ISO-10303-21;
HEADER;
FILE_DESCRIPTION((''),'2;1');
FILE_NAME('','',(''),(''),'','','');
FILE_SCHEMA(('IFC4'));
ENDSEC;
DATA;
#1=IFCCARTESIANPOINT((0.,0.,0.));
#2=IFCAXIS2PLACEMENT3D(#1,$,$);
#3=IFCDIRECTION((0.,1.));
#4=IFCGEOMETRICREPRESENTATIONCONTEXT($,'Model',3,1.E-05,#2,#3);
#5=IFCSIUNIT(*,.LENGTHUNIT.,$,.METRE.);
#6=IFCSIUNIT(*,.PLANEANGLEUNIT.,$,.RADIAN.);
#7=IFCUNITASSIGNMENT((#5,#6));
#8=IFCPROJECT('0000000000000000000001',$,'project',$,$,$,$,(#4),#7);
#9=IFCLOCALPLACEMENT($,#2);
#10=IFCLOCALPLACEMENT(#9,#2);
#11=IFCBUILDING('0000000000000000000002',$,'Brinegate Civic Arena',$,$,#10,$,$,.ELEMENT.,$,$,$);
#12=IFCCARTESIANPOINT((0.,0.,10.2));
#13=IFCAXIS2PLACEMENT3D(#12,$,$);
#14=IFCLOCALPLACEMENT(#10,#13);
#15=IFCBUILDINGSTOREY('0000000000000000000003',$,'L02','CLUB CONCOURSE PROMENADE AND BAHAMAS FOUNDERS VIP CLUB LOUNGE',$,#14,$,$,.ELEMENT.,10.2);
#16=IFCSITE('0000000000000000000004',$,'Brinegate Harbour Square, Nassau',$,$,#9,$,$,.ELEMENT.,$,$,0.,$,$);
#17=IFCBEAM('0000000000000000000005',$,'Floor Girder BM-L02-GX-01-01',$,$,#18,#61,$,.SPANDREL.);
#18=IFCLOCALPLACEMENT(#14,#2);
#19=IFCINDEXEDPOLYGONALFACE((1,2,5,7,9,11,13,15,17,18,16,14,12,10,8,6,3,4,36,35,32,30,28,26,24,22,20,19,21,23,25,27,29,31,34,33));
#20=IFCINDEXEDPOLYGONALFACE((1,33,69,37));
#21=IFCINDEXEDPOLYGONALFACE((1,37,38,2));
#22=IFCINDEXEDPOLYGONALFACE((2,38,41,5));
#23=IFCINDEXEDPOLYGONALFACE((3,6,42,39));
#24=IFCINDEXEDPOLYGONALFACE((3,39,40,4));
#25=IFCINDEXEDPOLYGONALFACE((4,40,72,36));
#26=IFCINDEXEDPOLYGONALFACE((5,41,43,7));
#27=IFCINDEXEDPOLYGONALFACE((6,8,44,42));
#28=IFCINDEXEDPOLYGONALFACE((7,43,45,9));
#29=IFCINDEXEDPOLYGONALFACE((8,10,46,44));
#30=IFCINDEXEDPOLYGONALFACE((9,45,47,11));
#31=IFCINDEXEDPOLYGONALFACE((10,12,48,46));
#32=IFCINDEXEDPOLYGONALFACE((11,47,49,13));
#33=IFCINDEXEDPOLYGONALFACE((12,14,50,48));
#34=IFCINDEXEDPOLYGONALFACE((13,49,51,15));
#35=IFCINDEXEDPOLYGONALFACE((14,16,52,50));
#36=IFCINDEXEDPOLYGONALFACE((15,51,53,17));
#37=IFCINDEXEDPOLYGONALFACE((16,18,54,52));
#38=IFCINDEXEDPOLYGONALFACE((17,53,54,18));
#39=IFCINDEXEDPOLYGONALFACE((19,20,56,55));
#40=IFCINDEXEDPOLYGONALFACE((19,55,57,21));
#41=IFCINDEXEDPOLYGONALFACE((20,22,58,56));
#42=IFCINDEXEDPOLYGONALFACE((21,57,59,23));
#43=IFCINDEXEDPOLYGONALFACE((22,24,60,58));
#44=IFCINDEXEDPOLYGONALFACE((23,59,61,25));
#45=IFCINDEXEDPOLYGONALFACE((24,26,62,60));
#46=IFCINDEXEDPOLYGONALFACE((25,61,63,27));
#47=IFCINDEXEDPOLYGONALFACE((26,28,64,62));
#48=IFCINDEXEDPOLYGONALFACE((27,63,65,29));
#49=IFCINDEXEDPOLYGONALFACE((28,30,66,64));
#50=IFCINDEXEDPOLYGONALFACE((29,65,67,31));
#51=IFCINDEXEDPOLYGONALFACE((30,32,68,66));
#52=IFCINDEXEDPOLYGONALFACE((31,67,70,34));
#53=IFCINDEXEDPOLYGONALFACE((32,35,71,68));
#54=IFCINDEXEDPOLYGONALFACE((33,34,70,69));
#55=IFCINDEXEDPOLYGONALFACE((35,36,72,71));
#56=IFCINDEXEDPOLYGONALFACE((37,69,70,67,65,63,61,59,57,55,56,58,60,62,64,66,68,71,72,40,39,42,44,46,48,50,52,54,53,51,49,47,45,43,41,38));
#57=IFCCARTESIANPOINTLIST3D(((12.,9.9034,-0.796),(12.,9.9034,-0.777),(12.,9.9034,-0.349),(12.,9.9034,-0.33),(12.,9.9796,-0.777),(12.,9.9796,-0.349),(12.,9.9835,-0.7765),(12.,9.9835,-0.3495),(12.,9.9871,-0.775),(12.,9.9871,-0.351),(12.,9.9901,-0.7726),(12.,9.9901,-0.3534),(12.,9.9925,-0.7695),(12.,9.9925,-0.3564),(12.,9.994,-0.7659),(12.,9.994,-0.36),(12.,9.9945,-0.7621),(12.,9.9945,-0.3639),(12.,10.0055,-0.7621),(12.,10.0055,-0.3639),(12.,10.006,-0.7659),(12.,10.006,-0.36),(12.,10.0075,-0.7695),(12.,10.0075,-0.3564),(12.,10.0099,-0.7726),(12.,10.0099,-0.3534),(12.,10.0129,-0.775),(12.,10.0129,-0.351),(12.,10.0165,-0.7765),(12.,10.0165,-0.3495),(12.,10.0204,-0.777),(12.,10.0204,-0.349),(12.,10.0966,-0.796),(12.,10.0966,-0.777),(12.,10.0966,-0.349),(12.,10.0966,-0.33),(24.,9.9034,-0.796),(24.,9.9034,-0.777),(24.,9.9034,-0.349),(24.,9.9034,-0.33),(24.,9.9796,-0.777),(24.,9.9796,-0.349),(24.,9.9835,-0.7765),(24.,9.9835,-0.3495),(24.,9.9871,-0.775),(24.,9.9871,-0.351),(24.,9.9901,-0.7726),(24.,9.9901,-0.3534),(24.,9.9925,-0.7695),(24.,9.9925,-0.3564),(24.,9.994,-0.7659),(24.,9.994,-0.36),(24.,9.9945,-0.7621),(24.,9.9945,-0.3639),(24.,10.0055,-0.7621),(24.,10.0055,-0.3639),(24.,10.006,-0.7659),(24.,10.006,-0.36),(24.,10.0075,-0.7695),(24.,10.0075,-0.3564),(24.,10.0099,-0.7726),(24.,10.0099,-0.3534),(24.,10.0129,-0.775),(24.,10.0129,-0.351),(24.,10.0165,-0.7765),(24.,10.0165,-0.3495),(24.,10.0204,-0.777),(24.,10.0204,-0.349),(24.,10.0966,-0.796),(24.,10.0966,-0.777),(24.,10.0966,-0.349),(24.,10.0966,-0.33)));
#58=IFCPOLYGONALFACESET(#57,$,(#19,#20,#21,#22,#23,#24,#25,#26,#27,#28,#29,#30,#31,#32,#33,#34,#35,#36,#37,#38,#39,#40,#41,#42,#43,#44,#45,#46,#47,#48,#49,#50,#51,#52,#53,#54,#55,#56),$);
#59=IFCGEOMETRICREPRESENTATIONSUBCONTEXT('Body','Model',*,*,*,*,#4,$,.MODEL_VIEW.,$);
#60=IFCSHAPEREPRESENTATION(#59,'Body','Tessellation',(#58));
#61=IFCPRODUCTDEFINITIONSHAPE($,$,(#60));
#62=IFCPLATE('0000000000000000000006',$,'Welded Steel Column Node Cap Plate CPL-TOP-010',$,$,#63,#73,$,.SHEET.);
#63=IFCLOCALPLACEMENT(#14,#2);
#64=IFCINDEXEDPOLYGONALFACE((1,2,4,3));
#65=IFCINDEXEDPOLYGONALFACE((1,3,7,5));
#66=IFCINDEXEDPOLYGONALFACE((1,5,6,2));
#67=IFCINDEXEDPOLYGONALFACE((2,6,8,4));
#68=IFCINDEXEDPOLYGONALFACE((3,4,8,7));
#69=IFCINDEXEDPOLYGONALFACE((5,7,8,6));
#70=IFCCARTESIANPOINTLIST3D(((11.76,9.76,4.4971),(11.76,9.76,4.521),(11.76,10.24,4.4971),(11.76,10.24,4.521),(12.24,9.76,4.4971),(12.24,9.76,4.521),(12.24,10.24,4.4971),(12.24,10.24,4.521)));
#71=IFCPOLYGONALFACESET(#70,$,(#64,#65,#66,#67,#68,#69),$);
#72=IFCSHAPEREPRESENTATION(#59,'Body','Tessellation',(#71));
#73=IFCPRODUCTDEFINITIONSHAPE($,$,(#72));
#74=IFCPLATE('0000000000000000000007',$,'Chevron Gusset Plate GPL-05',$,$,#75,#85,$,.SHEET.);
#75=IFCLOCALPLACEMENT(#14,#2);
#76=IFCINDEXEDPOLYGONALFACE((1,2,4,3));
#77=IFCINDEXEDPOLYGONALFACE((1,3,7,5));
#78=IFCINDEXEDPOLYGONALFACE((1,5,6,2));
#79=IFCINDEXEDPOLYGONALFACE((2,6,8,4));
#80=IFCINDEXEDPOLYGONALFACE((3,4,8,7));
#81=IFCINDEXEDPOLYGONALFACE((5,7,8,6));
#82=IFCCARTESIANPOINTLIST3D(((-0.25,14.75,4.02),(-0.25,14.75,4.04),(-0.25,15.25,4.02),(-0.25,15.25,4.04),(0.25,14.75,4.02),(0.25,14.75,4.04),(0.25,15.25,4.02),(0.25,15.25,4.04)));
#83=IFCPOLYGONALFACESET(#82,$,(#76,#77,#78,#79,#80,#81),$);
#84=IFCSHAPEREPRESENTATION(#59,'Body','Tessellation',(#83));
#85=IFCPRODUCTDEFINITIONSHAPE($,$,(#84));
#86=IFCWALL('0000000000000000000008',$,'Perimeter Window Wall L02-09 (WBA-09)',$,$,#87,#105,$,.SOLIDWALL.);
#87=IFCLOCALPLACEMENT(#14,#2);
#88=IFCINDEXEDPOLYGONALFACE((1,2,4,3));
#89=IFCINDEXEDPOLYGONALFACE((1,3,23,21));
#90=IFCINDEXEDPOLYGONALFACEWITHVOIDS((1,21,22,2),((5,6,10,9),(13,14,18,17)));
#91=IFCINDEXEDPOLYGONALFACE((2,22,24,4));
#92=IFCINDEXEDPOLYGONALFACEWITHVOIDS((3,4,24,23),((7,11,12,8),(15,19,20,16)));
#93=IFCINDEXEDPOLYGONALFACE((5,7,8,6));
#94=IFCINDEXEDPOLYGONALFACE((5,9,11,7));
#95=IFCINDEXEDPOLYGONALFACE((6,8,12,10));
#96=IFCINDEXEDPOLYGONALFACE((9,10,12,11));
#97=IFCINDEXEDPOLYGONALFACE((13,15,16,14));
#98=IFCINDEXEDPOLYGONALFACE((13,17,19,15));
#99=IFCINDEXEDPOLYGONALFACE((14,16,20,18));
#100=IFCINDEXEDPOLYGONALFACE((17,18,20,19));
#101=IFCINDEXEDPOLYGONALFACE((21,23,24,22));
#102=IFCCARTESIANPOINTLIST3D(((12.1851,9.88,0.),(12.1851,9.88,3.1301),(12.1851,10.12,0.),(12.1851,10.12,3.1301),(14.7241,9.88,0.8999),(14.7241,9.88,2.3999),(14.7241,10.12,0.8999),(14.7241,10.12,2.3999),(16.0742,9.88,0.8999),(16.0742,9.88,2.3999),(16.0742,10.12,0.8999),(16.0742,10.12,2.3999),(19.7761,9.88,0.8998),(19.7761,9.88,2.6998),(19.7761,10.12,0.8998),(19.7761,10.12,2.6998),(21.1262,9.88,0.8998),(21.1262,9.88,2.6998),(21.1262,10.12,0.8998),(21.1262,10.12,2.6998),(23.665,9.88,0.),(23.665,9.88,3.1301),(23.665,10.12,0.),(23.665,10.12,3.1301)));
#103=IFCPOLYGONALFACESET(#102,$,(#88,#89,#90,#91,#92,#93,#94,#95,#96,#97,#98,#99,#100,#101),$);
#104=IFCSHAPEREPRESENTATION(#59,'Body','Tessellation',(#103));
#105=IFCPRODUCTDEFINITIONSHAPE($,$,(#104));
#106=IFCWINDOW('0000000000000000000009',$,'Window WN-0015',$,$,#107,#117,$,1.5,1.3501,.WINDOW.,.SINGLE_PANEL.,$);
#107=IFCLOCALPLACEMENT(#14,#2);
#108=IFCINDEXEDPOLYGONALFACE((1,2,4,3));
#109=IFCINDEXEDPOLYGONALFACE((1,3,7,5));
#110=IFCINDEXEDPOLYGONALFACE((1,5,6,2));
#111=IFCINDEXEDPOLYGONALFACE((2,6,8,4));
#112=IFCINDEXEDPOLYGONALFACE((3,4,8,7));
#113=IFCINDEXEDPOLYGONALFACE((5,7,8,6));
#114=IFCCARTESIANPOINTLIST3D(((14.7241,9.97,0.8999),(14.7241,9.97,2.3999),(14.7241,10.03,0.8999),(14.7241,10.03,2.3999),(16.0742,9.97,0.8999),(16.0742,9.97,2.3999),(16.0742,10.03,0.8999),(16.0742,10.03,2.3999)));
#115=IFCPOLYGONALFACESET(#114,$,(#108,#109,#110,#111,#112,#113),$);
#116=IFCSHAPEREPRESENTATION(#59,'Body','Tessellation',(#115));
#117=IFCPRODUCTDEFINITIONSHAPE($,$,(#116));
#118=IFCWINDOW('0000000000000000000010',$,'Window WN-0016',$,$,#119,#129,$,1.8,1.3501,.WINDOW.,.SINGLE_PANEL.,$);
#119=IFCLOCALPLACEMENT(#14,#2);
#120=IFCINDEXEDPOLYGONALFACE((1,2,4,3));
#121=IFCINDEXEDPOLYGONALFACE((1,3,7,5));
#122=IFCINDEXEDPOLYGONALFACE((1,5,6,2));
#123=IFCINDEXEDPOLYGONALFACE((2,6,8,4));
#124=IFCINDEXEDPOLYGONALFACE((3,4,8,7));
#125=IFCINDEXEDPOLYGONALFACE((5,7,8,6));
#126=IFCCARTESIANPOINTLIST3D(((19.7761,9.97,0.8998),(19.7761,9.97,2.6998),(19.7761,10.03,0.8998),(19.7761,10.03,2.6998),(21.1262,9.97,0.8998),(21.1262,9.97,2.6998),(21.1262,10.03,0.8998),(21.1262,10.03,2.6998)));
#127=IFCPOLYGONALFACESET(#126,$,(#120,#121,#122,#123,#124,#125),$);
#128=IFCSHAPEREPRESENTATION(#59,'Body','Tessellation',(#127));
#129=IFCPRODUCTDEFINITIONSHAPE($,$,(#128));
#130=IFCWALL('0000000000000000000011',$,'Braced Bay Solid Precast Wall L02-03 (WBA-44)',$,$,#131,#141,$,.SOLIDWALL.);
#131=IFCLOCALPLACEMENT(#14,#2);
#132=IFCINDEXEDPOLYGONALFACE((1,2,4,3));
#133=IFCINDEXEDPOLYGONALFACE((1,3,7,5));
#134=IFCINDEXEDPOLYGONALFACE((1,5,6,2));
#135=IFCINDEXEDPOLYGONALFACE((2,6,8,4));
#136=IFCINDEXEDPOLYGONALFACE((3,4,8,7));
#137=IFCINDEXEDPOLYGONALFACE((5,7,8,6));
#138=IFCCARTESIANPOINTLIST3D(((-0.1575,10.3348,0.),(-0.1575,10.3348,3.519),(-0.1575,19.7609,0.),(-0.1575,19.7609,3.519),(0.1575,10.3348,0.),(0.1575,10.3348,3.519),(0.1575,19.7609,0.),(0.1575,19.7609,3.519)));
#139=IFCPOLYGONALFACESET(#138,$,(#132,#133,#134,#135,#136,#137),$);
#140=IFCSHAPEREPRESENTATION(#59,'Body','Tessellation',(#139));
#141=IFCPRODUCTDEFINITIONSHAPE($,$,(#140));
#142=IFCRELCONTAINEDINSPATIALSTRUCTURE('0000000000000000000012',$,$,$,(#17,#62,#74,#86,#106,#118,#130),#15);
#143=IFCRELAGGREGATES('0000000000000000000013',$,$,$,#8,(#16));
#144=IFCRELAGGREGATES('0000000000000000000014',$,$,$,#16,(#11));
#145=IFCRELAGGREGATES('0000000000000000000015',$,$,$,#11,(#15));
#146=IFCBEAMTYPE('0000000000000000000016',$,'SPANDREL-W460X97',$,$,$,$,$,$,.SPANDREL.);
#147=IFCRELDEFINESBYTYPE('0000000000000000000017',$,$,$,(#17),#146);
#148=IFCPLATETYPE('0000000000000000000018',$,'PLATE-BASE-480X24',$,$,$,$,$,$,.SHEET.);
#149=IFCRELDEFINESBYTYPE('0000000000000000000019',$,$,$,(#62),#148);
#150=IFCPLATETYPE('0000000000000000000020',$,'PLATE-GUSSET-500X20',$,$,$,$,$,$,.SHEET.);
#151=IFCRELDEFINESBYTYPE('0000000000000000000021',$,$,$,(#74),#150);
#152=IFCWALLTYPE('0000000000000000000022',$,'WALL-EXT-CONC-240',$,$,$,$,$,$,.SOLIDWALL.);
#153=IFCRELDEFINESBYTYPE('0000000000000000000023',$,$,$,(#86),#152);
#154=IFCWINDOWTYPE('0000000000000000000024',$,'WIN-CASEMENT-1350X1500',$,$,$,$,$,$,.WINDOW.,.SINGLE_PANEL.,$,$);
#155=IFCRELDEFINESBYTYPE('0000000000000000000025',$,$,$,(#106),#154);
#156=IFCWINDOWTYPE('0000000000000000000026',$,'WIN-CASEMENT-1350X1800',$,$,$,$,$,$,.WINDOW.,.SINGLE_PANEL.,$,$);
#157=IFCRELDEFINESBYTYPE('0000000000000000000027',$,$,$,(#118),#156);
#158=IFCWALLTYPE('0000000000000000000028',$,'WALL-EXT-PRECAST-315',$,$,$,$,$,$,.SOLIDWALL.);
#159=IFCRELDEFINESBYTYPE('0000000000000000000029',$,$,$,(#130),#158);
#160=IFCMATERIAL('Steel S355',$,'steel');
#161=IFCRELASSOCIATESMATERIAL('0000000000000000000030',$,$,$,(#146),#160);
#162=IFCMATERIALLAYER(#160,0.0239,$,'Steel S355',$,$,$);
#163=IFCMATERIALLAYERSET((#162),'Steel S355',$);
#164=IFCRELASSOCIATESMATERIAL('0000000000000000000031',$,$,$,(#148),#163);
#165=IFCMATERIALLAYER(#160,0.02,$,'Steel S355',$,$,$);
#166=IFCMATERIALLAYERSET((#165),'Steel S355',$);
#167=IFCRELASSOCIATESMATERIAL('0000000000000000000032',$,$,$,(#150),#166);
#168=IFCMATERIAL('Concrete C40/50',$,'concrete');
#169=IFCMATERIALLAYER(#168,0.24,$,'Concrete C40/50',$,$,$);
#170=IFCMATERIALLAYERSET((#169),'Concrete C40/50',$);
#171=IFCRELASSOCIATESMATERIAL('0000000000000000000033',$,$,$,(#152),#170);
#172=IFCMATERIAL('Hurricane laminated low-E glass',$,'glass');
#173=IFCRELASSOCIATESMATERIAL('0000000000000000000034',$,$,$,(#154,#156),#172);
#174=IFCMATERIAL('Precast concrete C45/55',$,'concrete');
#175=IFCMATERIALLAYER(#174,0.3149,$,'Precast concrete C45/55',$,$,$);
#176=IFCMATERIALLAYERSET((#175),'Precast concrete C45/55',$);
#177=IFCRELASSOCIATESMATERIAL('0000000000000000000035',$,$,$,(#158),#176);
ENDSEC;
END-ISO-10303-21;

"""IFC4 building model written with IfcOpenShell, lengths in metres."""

from ifc_helpers import new_model, si_unit, direction, frame, frame_2d, origin, origin_2d, place, context, subcontext, project, spatial, rectangle, i_section, extrude, material, layer, layer_set, material_profile, profile_set, type_object, element, fill, save


model = new_model("IFC4")

# Units and contexts
model_context = context("Model", 3, precision=1e-05, world=origin(), true_north=direction((0.0, 1.0)))
body_context = subcontext(model_context, "Body", "Model", "MODEL_VIEW")
ifc_project = project(units=[si_unit("LENGTHUNIT", "METRE"), si_unit("PLANEANGLEUNIT", "RADIAN")], contexts=[model_context])

# Site, building, storey
site_placement = place(None, origin())
site = spatial("IfcSite", under=ifc_project, at=site_placement, Name="Brinegate Harbour Square, Nassau", CompositionType="ELEMENT", RefElevation=0.0)
building_placement = place(site_placement, origin())
building = spatial("IfcBuilding", under=site, at=building_placement, Name="Brinegate Civic Arena", CompositionType="ELEMENT")
storey_placement = place(building_placement, frame((0.0, 0.0, 10.2)))
storey = spatial("IfcBuildingStorey", under=building, at=storey_placement, Name="L02", Description="CLUB CONCOURSE PROMENADE AND BAHAMAS FOUNDERS VIP CLUB LOUNGE", CompositionType="ELEMENT", Elevation=10.2)

# Shared definitions
ifc_material_1 = material(Name="Steel S355", Category="steel")

# Beam
ifc_material_profile_1 = material_profile(ifc_material_1, i_section(OverallWidth=0.1931, OverallDepth=0.4661, WebThickness=0.011, FlangeThickness=0.019, FilletRadius=0.0149, at=origin_2d()), Name="W460X97")
ifc_profile_set_1 = profile_set([ifc_material_profile_1], Name="Steel S355")
beam_type_1 = type_object("IfcBeamType", Name="SPANDREL-W460X97", PredefinedType="SPANDREL", material=ifc_profile_set_1)
beam_1_placement = place(storey_placement, frame((12.0, 10.0, -0.563), z_axis=(1.0, 0.0, 0.0), x_axis=(0.0, 1.0, 0.0)))
element("IfcBeam", 1, at=beam_1_placement, inside=storey, type_object=beam_type_1, Name="Floor Girder BM-L02-GX-01-01", PredefinedType="SPANDREL", context=body_context, shape_type="SweptSolid", body=[
    extrude(i_section(OverallWidth=0.1931, OverallDepth=0.4661, WebThickness=0.011, FlangeThickness=0.019, FilletRadius=0.0149, at=origin_2d()), origin(), (0.0, 0.0, 1.0), 12.0),
])

# Plates
ifc_layer_1 = layer(ifc_material_1, 0.0239, Name="Steel S355")
ifc_layer_set_1 = layer_set([ifc_layer_1], Name="Steel S355")
plate_type_1 = type_object("IfcPlateType", Name="PLATE-BASE-480X24", PredefinedType="SHEET", material=ifc_layer_set_1)
plate_1_placement = place(storey_placement, frame((12.0, 10.0, 4.4971), z_axis=(0.0, 0.0, 1.0), x_axis=(1.0, 0.0, 0.0)))
element("IfcPlate", 2, at=plate_1_placement, inside=storey, type_object=plate_type_1, Name="Welded Steel Column Node Cap Plate CPL-TOP-010", PredefinedType="SHEET", context=body_context, shape_type="SweptSolid", body=[
    extrude(rectangle(XDim=0.48, YDim=0.48, at=origin_2d()), origin(), (0.0, 0.0, 1.0), 0.0239),
])
ifc_layer_2 = layer(ifc_material_1, 0.02, Name="Steel S355")
ifc_layer_set_2 = layer_set([ifc_layer_2], Name="Steel S355")
plate_type_2 = type_object("IfcPlateType", Name="PLATE-GUSSET-500X20", PredefinedType="SHEET", material=ifc_layer_set_2)
plate_2_placement = place(storey_placement, frame((0.0, 15.0, 4.02), z_axis=(0.0, 0.0, 1.0), x_axis=(1.0, 0.0, 0.0)))
element("IfcPlate", 3, at=plate_2_placement, inside=storey, type_object=plate_type_2, Name="Chevron Gusset Plate GPL-05", PredefinedType="SHEET", context=body_context, shape_type="SweptSolid", body=[
    extrude(rectangle(XDim=0.5, YDim=0.5, at=origin_2d()), origin(), (0.0, 0.0, 1.0), 0.02),
])

# Wall, openings, windows
ifc_material_2 = material(Name="Concrete C40/50", Category="concrete")
ifc_layer_3 = layer(ifc_material_2, 0.24, Name="Concrete C40/50")
ifc_layer_set_3 = layer_set([ifc_layer_3], Name="Concrete C40/50")
wall_type_1 = type_object("IfcWallType", Name="WALL-EXT-CONC-240", PredefinedType="SOLIDWALL", material=ifc_layer_set_3)
wall_1_placement = place(storey_placement, frame((12.1851, 10.0, 0.0), z_axis=(0.0, 0.0, 1.0), x_axis=(1.0, 0.0, 0.0)))
wall_1 = element("IfcWall", 4, at=wall_1_placement, inside=storey, type_object=wall_type_1, Name="Perimeter Window Wall L02-09 (WBA-09)", PredefinedType="SOLIDWALL", context=body_context, shape_type="SweptSolid", body=[
    extrude(rectangle(XDim=11.48, YDim=0.24, at=frame_2d((5.74, 0.0))), origin(), (0.0, 0.0, 1.0), 3.1301),
])
opening_1_placement = place(wall_1_placement, frame((2.5391, 0.0, 0.8999)))
opening_1 = element("IfcOpeningElement", 5, at=opening_1_placement, cuts=wall_1, PredefinedType="OPENING", context=body_context, shape_type="SweptSolid", body=[
    extrude(rectangle(XDim=1.3501, YDim=1.5, at=frame_2d((0.675, 0.75))), frame((0.0, 0.1299, 0.0), z_axis=(0.0, -1.0, 0.0), x_axis=(1.0, 0.0, 0.0)), (0.0, 0.0, 1.0), 0.26),
])
opening_2_placement = place(wall_1_placement, frame((7.5911, 0.0, 0.8999)))
opening_2 = element("IfcOpeningElement", 6, at=opening_2_placement, cuts=wall_1, PredefinedType="OPENING", context=body_context, shape_type="SweptSolid", body=[
    extrude(rectangle(XDim=1.3501, YDim=1.8, at=frame_2d((0.675, 0.8999))), frame((0.0, 0.1299, 0.0), z_axis=(0.0, -1.0, 0.0), x_axis=(1.0, 0.0, 0.0)), (0.0, 0.0, 1.0), 0.26),
])
ifc_material_3 = material(Name="Hurricane laminated low-E glass", Category="glass")
window_type_1 = type_object("IfcWindowType", Name="WIN-CASEMENT-1350X1500", PartitioningType="SINGLE_PANEL", PredefinedType="WINDOW", material=ifc_material_3)
window_1_placement = place(opening_1_placement, origin())
window_1 = element("IfcWindow", 7, at=window_1_placement, inside=storey, type_object=window_type_1, Name="Window WN-0015", OverallHeight=1.5, OverallWidth=1.3501, PartitioningType="SINGLE_PANEL", PredefinedType="WINDOW", context=body_context, shape_type="SweptSolid", body=[
    extrude(rectangle(XDim=1.3501, YDim=1.5, at=frame_2d((0.675, 0.75))), frame((0.0, 0.03, 0.0), z_axis=(0.0, -1.0, 0.0), x_axis=(1.0, 0.0, 0.0)), (0.0, 0.0, 1.0), 0.0601),
])
fill(opening_1, window_1)
window_type_2 = type_object("IfcWindowType", Name="WIN-CASEMENT-1350X1800", PartitioningType="SINGLE_PANEL", PredefinedType="WINDOW", material=ifc_material_3)
window_2_placement = place(opening_2_placement, origin())
window_2 = element("IfcWindow", 8, at=window_2_placement, inside=storey, type_object=window_type_2, Name="Window WN-0016", OverallHeight=1.8, OverallWidth=1.3501, PartitioningType="SINGLE_PANEL", PredefinedType="WINDOW", context=body_context, shape_type="SweptSolid", body=[
    extrude(rectangle(XDim=1.3501, YDim=1.8, at=frame_2d((0.675, 0.8999))), frame((0.0, 0.03, 0.0), z_axis=(0.0, -1.0, 0.0), x_axis=(1.0, 0.0, 0.0)), (0.0, 0.0, 1.0), 0.0601),
])
fill(opening_2, window_2)

# Wall
ifc_material_4 = material(Name="Precast concrete C45/55", Category="concrete")
ifc_layer_4 = layer(ifc_material_4, 0.3149, Name="Precast concrete C45/55")
ifc_layer_set_4 = layer_set([ifc_layer_4], Name="Precast concrete C45/55")
wall_type_2 = type_object("IfcWallType", Name="WALL-EXT-PRECAST-315", PredefinedType="SOLIDWALL", material=ifc_layer_set_4)
wall_2_placement = place(storey_placement, frame((0.0, 10.335, 0.0), z_axis=(0.0, 0.0, 1.0), x_axis=(0.0, 1.0, 0.0)))
element("IfcWall", 9, at=wall_2_placement, inside=storey, type_object=wall_type_2, Name="Braced Bay Solid Precast Wall L02-03 (WBA-44)", PredefinedType="SOLIDWALL", context=body_context, shape_type="SweptSolid", body=[
    extrude(rectangle(XDim=9.426, YDim=0.3149, at=frame_2d((4.7129, 0.0))), origin(), (0.0, 0.0, 1.0), 3.519),
])

save(model, "model.ifc")
